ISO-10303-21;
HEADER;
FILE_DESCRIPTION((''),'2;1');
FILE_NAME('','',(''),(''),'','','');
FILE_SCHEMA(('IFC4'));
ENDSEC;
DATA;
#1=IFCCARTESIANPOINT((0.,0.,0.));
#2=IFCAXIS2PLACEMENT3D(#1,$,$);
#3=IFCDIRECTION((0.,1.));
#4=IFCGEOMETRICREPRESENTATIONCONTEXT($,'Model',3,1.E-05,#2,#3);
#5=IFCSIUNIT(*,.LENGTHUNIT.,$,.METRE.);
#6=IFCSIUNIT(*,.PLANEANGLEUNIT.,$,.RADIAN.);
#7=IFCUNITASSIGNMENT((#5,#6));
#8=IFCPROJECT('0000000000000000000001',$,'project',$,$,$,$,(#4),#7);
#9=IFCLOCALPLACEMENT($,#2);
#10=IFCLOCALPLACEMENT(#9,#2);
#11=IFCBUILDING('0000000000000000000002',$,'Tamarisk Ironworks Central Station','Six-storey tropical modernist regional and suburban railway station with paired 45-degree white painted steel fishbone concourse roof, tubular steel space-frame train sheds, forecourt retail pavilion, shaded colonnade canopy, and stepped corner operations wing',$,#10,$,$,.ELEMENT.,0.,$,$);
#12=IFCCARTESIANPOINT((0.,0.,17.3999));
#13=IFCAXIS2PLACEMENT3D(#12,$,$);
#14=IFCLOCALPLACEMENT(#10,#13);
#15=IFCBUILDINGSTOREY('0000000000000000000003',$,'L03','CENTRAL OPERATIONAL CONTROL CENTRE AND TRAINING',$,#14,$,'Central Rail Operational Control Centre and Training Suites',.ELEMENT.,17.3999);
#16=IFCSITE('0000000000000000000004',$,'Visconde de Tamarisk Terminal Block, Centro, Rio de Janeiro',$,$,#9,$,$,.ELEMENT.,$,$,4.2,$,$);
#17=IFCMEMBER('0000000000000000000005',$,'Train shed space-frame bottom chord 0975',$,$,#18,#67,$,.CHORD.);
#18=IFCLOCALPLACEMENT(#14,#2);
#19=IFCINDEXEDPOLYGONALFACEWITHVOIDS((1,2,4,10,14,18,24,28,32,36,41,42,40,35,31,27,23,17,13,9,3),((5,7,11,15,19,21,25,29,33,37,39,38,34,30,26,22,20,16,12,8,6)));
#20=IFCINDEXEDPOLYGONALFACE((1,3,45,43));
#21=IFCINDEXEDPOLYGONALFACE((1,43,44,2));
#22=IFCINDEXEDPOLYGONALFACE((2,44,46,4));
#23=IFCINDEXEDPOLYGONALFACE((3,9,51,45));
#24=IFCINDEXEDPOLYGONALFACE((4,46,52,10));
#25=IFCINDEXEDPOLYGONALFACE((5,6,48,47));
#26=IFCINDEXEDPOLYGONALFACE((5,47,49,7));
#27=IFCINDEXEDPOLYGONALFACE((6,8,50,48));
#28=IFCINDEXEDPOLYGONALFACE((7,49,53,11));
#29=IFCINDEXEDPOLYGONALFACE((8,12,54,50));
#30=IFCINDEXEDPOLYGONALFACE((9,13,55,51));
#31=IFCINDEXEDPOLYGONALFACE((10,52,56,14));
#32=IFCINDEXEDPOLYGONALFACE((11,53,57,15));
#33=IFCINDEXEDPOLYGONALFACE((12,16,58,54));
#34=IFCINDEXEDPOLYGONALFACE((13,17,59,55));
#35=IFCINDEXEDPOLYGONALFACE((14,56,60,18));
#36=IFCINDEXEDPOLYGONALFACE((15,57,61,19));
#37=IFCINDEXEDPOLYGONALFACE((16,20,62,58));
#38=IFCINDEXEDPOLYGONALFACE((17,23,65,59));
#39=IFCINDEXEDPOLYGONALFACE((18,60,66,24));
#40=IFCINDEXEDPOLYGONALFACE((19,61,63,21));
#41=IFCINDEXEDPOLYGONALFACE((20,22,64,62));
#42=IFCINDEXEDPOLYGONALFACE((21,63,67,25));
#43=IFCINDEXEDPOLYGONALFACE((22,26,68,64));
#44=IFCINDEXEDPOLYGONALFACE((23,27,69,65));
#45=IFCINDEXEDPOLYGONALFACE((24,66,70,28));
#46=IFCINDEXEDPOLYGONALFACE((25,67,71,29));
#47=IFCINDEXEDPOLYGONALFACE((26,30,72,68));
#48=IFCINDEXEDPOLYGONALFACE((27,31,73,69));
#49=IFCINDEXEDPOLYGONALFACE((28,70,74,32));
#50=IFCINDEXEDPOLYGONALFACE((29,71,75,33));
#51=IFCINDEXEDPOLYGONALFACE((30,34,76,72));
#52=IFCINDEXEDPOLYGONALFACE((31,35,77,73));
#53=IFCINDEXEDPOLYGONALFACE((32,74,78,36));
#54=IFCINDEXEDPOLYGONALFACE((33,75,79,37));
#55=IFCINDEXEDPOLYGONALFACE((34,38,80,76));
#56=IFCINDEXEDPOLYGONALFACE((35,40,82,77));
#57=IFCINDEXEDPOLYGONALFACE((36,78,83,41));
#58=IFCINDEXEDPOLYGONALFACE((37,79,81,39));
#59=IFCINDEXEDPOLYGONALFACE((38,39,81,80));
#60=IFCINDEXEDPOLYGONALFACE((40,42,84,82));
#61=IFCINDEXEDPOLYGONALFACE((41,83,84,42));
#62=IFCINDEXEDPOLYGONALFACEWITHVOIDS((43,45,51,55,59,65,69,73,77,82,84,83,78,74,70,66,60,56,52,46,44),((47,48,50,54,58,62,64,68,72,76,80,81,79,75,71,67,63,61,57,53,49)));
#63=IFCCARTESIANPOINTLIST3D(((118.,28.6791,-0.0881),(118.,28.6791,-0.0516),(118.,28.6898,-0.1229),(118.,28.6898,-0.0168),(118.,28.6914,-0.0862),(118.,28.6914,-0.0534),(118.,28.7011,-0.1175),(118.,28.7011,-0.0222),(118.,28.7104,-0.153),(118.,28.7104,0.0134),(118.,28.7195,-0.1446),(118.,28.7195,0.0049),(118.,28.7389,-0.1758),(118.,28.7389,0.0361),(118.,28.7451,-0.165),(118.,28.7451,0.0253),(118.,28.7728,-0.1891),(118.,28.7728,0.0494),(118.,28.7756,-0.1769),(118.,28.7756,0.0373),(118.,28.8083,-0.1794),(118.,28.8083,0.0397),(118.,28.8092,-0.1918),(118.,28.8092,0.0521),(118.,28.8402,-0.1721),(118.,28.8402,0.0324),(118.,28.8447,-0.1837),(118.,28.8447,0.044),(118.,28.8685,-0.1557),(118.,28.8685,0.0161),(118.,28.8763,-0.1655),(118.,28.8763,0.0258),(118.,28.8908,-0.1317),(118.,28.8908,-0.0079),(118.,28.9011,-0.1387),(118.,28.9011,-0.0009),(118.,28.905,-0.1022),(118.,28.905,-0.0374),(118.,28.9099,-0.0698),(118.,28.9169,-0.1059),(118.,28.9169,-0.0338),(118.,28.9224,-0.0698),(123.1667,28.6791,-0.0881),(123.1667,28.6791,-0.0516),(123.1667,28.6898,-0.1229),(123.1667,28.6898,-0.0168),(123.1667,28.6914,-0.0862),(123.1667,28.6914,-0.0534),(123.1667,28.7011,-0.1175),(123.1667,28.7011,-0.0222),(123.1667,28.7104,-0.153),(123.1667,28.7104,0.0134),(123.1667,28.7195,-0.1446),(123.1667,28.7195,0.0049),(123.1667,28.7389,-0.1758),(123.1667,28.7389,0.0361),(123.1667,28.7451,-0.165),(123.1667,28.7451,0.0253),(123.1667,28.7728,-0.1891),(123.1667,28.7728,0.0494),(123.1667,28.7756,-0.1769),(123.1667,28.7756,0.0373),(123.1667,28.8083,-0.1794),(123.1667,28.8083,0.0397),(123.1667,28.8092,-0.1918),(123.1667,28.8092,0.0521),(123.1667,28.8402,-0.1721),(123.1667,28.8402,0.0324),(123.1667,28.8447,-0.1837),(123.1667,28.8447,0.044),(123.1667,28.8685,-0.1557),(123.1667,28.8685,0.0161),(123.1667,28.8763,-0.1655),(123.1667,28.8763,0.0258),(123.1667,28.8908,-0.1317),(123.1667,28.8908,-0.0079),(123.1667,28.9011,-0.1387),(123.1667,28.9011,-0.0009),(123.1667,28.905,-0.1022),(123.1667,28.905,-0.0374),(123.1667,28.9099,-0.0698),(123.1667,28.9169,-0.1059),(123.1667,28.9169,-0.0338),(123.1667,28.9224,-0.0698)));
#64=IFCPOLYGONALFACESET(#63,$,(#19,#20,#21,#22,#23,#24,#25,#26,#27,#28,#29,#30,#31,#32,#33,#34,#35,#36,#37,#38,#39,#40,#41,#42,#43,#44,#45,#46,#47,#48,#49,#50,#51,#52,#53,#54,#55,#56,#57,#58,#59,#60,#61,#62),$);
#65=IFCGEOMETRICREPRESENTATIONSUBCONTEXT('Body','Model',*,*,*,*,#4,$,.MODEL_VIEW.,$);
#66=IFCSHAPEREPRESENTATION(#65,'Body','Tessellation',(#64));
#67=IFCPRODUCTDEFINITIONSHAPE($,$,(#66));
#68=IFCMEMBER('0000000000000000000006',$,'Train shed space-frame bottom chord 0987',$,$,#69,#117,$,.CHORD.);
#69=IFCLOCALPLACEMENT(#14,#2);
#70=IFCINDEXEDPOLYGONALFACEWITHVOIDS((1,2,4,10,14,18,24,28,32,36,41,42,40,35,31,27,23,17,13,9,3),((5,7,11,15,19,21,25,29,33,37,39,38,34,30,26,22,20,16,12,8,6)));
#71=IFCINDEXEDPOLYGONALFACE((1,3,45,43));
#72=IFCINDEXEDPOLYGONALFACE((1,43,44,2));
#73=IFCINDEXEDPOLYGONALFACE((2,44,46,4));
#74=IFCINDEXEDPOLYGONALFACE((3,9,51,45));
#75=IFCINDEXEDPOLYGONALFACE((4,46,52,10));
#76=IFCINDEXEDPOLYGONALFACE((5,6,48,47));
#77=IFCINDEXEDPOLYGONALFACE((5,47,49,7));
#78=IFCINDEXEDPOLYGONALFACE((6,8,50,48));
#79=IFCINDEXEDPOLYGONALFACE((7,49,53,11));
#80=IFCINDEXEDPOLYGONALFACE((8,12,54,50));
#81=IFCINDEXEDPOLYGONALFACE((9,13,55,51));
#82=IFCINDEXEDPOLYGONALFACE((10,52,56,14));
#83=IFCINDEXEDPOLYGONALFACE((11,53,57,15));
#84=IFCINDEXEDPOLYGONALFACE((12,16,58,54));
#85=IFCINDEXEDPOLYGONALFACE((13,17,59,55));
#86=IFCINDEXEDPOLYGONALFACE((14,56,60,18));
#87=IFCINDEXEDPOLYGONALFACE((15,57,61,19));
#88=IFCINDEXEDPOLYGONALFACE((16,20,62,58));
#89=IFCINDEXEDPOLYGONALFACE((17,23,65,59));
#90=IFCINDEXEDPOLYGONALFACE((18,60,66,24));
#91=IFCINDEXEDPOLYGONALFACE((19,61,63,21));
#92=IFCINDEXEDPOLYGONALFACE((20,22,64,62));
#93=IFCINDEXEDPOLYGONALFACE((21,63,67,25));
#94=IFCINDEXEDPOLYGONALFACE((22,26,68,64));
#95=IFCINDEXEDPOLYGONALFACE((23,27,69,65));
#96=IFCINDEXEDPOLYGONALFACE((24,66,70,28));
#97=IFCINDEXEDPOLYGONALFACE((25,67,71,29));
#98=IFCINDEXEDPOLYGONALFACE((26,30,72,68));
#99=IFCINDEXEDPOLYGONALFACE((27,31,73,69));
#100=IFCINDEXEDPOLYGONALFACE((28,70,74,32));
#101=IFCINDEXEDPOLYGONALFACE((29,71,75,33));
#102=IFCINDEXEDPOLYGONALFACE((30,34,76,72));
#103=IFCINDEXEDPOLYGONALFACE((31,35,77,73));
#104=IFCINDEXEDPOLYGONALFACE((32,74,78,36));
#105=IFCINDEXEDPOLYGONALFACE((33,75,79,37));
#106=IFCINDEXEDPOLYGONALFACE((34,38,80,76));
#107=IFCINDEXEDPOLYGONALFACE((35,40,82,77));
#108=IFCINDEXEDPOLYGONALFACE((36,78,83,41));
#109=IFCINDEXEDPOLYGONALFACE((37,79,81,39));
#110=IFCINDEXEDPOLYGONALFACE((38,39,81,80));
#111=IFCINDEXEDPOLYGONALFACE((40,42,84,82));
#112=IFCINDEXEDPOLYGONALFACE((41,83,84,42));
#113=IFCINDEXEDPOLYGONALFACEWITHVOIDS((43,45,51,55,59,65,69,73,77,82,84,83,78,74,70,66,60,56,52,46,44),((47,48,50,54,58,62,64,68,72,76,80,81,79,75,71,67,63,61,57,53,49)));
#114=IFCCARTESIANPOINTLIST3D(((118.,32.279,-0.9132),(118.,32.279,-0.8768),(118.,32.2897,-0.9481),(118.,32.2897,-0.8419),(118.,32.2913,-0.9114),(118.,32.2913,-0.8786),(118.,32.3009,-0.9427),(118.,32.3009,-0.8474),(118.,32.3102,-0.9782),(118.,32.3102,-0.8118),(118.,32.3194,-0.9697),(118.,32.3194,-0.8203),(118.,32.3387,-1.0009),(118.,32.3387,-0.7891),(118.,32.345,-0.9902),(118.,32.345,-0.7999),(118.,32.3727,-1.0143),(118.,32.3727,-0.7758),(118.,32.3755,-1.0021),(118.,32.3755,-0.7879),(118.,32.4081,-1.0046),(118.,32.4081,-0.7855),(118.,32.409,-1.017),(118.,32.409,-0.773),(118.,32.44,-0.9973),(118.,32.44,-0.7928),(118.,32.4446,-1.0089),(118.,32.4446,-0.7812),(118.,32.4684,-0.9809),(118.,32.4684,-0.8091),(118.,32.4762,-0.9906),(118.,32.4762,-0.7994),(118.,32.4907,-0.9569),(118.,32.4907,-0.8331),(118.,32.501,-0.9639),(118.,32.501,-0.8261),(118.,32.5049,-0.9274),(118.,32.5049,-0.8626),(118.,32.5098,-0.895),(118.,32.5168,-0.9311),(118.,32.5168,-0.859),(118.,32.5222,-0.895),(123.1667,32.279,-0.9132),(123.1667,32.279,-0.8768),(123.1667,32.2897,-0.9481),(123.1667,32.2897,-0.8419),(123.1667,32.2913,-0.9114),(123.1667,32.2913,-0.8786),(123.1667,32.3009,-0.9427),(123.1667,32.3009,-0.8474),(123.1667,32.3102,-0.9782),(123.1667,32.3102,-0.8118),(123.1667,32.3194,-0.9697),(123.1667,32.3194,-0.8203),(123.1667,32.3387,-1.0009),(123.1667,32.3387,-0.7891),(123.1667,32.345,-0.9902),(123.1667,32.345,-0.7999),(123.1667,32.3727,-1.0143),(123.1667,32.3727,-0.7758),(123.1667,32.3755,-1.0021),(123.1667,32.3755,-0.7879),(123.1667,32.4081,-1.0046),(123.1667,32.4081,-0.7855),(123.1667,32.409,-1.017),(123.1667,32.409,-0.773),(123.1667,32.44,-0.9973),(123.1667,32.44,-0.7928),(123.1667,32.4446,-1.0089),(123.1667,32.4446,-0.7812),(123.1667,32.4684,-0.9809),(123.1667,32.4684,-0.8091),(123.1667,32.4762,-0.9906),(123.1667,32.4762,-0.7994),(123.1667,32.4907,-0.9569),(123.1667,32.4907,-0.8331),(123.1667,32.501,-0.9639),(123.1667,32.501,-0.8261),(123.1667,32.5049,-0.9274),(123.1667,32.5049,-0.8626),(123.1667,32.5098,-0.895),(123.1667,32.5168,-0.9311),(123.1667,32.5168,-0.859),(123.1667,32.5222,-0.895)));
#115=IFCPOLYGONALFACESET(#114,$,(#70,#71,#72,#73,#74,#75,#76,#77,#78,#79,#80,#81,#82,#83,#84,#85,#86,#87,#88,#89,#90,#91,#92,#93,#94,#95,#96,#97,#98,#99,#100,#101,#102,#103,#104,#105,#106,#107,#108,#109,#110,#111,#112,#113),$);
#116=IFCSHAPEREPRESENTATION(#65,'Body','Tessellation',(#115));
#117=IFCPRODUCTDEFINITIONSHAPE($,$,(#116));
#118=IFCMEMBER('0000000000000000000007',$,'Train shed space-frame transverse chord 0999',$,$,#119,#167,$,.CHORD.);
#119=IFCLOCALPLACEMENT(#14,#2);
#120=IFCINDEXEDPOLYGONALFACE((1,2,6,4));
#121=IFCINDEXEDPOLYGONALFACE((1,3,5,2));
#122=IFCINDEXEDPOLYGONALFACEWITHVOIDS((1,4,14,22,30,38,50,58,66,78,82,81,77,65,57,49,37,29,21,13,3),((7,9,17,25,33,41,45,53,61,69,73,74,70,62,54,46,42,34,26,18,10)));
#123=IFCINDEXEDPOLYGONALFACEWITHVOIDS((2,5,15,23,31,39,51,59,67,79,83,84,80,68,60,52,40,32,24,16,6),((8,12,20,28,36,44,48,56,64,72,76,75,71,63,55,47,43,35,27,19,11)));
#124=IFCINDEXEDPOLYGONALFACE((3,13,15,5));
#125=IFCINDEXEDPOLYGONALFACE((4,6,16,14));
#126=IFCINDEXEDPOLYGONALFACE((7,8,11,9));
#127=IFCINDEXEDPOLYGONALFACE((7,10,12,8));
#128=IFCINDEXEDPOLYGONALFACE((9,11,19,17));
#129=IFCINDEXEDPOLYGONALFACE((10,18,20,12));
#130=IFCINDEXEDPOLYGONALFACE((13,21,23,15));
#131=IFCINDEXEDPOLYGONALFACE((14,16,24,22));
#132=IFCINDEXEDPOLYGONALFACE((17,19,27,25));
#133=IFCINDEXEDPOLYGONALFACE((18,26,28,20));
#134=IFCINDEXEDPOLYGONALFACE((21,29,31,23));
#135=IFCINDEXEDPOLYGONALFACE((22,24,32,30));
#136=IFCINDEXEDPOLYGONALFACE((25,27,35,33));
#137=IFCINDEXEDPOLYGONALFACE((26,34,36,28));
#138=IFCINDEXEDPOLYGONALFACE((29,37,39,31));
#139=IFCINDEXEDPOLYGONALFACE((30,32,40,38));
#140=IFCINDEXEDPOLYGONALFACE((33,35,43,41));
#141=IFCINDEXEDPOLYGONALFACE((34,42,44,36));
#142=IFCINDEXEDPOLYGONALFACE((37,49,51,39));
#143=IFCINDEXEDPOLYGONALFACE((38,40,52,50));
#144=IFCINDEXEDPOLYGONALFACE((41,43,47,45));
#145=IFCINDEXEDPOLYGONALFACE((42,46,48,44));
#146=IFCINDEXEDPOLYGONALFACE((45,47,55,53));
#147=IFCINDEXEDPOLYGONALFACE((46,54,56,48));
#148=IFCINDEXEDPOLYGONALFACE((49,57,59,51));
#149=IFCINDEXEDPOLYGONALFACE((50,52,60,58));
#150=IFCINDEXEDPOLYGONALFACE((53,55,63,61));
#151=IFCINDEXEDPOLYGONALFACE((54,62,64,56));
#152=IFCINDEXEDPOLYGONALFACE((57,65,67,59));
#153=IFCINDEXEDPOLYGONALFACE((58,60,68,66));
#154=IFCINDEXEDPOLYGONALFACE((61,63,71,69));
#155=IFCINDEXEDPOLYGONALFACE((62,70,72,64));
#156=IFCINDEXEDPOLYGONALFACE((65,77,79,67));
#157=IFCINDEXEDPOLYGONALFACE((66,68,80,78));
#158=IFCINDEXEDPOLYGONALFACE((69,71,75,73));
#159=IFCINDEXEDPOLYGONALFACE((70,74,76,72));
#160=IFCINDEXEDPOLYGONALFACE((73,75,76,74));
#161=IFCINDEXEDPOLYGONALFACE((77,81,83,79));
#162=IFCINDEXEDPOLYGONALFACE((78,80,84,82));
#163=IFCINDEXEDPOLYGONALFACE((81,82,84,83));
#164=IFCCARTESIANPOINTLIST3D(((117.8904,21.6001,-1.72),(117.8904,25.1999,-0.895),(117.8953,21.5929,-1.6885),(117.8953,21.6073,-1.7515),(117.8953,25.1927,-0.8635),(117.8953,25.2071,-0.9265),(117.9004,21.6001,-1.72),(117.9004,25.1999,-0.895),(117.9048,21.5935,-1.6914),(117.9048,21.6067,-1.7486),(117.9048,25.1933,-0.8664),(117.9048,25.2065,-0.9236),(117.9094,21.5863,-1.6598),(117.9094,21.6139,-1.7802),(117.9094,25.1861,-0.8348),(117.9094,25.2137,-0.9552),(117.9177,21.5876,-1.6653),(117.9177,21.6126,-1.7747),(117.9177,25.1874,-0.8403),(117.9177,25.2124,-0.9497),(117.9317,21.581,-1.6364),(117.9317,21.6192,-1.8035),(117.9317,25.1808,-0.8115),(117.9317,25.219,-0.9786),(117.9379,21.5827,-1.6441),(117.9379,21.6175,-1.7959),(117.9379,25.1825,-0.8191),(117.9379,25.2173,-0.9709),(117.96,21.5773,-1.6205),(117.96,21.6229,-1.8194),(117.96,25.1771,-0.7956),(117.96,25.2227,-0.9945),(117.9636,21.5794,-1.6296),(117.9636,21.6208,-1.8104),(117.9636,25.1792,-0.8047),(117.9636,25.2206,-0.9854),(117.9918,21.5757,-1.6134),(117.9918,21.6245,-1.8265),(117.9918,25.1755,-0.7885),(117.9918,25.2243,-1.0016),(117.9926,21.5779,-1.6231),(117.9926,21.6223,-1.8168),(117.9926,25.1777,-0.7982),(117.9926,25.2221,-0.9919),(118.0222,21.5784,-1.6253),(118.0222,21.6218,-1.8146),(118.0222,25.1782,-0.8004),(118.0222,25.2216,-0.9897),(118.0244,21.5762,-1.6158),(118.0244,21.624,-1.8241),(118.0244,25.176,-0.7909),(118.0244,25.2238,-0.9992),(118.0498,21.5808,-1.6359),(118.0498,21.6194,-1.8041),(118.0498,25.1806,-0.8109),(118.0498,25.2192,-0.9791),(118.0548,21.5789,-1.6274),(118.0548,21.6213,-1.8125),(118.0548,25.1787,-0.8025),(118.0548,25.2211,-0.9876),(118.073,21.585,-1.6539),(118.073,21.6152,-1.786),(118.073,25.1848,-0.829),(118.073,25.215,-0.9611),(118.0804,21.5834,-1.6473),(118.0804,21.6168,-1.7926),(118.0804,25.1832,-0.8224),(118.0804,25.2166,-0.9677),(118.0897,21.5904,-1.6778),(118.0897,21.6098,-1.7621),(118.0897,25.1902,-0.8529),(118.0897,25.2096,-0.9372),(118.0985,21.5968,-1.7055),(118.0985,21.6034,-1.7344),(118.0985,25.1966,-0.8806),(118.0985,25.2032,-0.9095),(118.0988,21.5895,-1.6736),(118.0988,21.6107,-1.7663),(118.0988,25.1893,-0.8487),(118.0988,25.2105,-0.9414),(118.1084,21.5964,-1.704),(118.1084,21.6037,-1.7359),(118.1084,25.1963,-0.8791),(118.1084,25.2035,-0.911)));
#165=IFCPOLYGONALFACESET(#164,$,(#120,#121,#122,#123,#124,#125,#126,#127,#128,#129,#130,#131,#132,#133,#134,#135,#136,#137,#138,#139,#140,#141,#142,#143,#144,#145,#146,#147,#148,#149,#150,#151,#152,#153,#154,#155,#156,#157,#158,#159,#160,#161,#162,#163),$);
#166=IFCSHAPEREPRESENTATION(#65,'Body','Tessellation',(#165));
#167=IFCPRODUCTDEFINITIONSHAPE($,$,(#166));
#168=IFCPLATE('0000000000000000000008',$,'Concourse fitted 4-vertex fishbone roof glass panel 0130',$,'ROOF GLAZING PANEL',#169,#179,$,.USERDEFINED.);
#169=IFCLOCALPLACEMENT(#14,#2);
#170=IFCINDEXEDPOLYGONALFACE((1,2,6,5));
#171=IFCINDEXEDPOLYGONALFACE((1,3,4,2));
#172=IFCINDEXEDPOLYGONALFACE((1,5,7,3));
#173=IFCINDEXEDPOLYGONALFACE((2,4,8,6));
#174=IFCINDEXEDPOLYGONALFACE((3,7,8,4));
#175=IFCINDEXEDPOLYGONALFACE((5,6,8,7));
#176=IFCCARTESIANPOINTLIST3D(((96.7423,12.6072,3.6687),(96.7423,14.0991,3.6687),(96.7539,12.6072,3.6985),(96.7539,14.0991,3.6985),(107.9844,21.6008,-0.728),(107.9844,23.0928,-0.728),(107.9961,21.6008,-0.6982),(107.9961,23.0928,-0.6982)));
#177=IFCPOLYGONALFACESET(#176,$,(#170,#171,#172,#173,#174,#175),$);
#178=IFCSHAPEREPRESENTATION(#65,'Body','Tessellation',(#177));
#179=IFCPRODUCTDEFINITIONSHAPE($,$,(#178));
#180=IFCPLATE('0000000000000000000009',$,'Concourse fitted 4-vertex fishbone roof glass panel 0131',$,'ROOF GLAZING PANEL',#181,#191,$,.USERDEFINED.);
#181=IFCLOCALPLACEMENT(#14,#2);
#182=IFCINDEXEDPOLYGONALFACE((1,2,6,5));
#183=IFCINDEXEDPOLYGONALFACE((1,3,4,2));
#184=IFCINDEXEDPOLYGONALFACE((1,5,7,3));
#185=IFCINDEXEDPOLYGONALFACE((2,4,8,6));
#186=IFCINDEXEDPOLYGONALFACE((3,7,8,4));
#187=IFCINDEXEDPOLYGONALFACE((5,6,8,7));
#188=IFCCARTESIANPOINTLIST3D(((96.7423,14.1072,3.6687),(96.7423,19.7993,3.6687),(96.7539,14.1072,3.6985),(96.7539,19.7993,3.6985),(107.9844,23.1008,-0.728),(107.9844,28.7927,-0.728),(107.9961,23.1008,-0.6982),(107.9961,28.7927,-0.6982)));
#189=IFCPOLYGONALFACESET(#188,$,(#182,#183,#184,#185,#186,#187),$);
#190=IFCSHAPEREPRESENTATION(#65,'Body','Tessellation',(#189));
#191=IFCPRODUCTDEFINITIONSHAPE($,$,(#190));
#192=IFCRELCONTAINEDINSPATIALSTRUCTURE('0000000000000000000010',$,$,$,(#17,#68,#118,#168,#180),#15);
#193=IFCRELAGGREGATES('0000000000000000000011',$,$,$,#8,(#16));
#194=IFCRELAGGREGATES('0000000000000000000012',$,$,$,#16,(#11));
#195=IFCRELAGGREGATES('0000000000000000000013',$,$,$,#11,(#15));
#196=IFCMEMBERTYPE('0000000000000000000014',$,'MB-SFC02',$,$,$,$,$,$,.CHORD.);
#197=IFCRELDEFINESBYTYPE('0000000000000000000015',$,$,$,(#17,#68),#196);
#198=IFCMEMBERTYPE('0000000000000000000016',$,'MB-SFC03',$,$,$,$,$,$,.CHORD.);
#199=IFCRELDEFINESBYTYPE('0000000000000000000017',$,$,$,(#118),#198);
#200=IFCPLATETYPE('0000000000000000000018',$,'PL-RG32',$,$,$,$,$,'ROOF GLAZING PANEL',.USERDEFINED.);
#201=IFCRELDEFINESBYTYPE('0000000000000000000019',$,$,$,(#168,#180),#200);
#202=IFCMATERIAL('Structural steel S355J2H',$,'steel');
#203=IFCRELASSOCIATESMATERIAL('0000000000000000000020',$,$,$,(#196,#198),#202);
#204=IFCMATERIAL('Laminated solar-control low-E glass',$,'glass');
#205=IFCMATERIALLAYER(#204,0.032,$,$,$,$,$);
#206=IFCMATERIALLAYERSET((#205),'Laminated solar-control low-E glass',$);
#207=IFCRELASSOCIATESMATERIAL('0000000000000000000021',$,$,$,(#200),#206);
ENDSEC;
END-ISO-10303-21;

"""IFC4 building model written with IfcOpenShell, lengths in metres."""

from ifc_helpers import new_model, si_unit, direction, frame, origin, origin_2d, place, context, subcontext, project, spatial, polyline, hollow_circle, outline, extrude, material, layer, layer_set, material_profile, profile_set, type_object, element, save


model = new_model("IFC4")

# Units and contexts
model_context = context("Model", 3, precision=1e-05, world=origin(), true_north=direction((0.0, 1.0)))
body_context = subcontext(model_context, "Body", "Model", "MODEL_VIEW")
ifc_project = project(units=[si_unit("LENGTHUNIT", "METRE"), si_unit("PLANEANGLEUNIT", "RADIAN")], contexts=[model_context])

# Site, building, storey
site_placement = place(None, origin())
site = spatial("IfcSite", under=ifc_project, at=site_placement, Name="Visconde de Tamarisk Terminal Block, Centro, Rio de Janeiro", CompositionType="ELEMENT", RefElevation=4.2)
building_placement = place(site_placement, origin())
building = spatial("IfcBuilding", under=site, at=building_placement, Name="Tamarisk Ironworks Central Station", Description="Six-storey tropical modernist regional and suburban railway station with paired 45-degree white painted steel fishbone concourse roof, tubular steel space-frame train sheds, forecourt retail pavilion, shaded colonnade canopy, and stepped corner operations wing", CompositionType="ELEMENT", ElevationOfRefHeight=0.0)
storey_placement = place(building_placement, frame((0.0, 0.0, 17.3999)))
storey = spatial("IfcBuildingStorey", under=building, at=storey_placement, Name="L03", Description="CENTRAL OPERATIONAL CONTROL CENTRE AND TRAINING", LongName="Central Rail Operational Control Centre and Training Suites", CompositionType="ELEMENT", Elevation=17.3999)

# Members
ifc_material_1 = material(Name="Structural steel S355J2H", Category="steel")
ifc_material_profile_1 = material_profile(ifc_material_1, hollow_circle(Radius=0.1223, WallThickness=0.0125, at=origin_2d()), Name="CHS 244.5x12.5")
ifc_profile_set_1 = profile_set([ifc_material_profile_1], Name="Structural steel S355J2H")
member_type_1 = type_object("IfcMemberType", Name="MB-SFC02", PredefinedType="CHORD", material=ifc_profile_set_1)
for number, where, z_axis, x_axis, name in (
    (1, (118.0, 28.8, -0.0698), (1.0, 0.0, 0.0), (0.0, 1.0, 0.0), "Train shed space-frame bottom chord 0975"),
    (2, (118.0, 32.3999, -0.895), (1.0, 0.0, 0.0), (0.0, 1.0, 0.0), "Train shed space-frame bottom chord 0987"),
):
    element("IfcMember", number, at=place(storey_placement, frame(where, z_axis=z_axis, x_axis=x_axis)), inside=storey, type_object=member_type_1, Name=name, PredefinedType="CHORD", context=body_context, shape_type="SweptSolid", body=[
        extrude(hollow_circle(Radius=0.1223, WallThickness=0.0125, at=origin_2d()), origin(), (0.0, 0.0, 1.0), 5.1667),
    ])
ifc_material_profile_2 = material_profile(ifc_material_1, hollow_circle(Radius=0.1096, WallThickness=0.01, at=origin_2d()), Name="CHS 219.1x10")
ifc_profile_set_2 = profile_set([ifc_material_profile_2], Name="Structural steel S355J2H")
member_type_2 = type_object("IfcMemberType", Name="MB-SFC03", PredefinedType="CHORD", material=ifc_profile_set_2)
member_1_placement = place(storey_placement, frame((118.0, 21.6001, -1.72), z_axis=(0.0, 0.974733, 0.223372), x_axis=(-1.0, 0.0, 0.0)))
element("IfcMember", 3, at=member_1_placement, inside=storey, type_object=member_type_2, Name="Train shed space-frame transverse chord 0999", PredefinedType="CHORD", context=body_context, shape_type="SweptSolid", body=[
    extrude(hollow_circle(Radius=0.1096, WallThickness=0.01, at=origin_2d()), origin(), (0.0, 0.0, 1.0), 3.6931),
])

# Plates
ifc_material_2 = material(Name="Laminated solar-control low-E glass", Category="glass")
ifc_layer_1 = layer(ifc_material_2, 0.032)
ifc_layer_set_1 = layer_set([ifc_layer_1], Name="Laminated solar-control low-E glass")
plate_type_1 = type_object("IfcPlateType", Name="PL-RG32", ElementType="ROOF GLAZING PANEL", PredefinedType="USERDEFINED", material=ifc_layer_set_1)
plate_1_placement = place(storey_placement, frame((107.9961, 21.6008, -0.6982), z_axis=(0.364228, 0.0, 0.93131), x_axis=(0.0, 1.0, 0.0)))
element("IfcPlate", 4, at=plate_1_placement, inside=storey, type_object=plate_type_1, Name="Concourse fitted 4-vertex fishbone roof glass panel 0130", ObjectType="ROOF GLAZING PANEL", PredefinedType="USERDEFINED", context=body_context, shape_type="SweptSolid", body=[
    extrude(outline(polyline([(0.0, 0.0), (1.4919, 0.0), (-7.5017, 12.0714), (-8.9937, 12.0714), (0.0, 0.0)])), origin(), (0.0, 0.0, -1.0), 0.032),
])
plate_2_placement = place(storey_placement, frame((107.9961, 23.1008, -0.6982), z_axis=(0.364228, 0.0, 0.93131), x_axis=(0.0, 1.0, 0.0)))
element("IfcPlate", 5, at=plate_2_placement, inside=storey, type_object=plate_type_1, Name="Concourse fitted 4-vertex fishbone roof glass panel 0131", ObjectType="ROOF GLAZING PANEL", PredefinedType="USERDEFINED", context=body_context, shape_type="SweptSolid", body=[
    extrude(outline(polyline([(0.0, 0.0), (5.6919, 0.0), (-3.3015, 12.0714), (-8.9937, 12.0714), (0.0, 0.0)])), origin(), (0.0, 0.0, -1.0), 0.032),
])

save(model, "model.ifc")
